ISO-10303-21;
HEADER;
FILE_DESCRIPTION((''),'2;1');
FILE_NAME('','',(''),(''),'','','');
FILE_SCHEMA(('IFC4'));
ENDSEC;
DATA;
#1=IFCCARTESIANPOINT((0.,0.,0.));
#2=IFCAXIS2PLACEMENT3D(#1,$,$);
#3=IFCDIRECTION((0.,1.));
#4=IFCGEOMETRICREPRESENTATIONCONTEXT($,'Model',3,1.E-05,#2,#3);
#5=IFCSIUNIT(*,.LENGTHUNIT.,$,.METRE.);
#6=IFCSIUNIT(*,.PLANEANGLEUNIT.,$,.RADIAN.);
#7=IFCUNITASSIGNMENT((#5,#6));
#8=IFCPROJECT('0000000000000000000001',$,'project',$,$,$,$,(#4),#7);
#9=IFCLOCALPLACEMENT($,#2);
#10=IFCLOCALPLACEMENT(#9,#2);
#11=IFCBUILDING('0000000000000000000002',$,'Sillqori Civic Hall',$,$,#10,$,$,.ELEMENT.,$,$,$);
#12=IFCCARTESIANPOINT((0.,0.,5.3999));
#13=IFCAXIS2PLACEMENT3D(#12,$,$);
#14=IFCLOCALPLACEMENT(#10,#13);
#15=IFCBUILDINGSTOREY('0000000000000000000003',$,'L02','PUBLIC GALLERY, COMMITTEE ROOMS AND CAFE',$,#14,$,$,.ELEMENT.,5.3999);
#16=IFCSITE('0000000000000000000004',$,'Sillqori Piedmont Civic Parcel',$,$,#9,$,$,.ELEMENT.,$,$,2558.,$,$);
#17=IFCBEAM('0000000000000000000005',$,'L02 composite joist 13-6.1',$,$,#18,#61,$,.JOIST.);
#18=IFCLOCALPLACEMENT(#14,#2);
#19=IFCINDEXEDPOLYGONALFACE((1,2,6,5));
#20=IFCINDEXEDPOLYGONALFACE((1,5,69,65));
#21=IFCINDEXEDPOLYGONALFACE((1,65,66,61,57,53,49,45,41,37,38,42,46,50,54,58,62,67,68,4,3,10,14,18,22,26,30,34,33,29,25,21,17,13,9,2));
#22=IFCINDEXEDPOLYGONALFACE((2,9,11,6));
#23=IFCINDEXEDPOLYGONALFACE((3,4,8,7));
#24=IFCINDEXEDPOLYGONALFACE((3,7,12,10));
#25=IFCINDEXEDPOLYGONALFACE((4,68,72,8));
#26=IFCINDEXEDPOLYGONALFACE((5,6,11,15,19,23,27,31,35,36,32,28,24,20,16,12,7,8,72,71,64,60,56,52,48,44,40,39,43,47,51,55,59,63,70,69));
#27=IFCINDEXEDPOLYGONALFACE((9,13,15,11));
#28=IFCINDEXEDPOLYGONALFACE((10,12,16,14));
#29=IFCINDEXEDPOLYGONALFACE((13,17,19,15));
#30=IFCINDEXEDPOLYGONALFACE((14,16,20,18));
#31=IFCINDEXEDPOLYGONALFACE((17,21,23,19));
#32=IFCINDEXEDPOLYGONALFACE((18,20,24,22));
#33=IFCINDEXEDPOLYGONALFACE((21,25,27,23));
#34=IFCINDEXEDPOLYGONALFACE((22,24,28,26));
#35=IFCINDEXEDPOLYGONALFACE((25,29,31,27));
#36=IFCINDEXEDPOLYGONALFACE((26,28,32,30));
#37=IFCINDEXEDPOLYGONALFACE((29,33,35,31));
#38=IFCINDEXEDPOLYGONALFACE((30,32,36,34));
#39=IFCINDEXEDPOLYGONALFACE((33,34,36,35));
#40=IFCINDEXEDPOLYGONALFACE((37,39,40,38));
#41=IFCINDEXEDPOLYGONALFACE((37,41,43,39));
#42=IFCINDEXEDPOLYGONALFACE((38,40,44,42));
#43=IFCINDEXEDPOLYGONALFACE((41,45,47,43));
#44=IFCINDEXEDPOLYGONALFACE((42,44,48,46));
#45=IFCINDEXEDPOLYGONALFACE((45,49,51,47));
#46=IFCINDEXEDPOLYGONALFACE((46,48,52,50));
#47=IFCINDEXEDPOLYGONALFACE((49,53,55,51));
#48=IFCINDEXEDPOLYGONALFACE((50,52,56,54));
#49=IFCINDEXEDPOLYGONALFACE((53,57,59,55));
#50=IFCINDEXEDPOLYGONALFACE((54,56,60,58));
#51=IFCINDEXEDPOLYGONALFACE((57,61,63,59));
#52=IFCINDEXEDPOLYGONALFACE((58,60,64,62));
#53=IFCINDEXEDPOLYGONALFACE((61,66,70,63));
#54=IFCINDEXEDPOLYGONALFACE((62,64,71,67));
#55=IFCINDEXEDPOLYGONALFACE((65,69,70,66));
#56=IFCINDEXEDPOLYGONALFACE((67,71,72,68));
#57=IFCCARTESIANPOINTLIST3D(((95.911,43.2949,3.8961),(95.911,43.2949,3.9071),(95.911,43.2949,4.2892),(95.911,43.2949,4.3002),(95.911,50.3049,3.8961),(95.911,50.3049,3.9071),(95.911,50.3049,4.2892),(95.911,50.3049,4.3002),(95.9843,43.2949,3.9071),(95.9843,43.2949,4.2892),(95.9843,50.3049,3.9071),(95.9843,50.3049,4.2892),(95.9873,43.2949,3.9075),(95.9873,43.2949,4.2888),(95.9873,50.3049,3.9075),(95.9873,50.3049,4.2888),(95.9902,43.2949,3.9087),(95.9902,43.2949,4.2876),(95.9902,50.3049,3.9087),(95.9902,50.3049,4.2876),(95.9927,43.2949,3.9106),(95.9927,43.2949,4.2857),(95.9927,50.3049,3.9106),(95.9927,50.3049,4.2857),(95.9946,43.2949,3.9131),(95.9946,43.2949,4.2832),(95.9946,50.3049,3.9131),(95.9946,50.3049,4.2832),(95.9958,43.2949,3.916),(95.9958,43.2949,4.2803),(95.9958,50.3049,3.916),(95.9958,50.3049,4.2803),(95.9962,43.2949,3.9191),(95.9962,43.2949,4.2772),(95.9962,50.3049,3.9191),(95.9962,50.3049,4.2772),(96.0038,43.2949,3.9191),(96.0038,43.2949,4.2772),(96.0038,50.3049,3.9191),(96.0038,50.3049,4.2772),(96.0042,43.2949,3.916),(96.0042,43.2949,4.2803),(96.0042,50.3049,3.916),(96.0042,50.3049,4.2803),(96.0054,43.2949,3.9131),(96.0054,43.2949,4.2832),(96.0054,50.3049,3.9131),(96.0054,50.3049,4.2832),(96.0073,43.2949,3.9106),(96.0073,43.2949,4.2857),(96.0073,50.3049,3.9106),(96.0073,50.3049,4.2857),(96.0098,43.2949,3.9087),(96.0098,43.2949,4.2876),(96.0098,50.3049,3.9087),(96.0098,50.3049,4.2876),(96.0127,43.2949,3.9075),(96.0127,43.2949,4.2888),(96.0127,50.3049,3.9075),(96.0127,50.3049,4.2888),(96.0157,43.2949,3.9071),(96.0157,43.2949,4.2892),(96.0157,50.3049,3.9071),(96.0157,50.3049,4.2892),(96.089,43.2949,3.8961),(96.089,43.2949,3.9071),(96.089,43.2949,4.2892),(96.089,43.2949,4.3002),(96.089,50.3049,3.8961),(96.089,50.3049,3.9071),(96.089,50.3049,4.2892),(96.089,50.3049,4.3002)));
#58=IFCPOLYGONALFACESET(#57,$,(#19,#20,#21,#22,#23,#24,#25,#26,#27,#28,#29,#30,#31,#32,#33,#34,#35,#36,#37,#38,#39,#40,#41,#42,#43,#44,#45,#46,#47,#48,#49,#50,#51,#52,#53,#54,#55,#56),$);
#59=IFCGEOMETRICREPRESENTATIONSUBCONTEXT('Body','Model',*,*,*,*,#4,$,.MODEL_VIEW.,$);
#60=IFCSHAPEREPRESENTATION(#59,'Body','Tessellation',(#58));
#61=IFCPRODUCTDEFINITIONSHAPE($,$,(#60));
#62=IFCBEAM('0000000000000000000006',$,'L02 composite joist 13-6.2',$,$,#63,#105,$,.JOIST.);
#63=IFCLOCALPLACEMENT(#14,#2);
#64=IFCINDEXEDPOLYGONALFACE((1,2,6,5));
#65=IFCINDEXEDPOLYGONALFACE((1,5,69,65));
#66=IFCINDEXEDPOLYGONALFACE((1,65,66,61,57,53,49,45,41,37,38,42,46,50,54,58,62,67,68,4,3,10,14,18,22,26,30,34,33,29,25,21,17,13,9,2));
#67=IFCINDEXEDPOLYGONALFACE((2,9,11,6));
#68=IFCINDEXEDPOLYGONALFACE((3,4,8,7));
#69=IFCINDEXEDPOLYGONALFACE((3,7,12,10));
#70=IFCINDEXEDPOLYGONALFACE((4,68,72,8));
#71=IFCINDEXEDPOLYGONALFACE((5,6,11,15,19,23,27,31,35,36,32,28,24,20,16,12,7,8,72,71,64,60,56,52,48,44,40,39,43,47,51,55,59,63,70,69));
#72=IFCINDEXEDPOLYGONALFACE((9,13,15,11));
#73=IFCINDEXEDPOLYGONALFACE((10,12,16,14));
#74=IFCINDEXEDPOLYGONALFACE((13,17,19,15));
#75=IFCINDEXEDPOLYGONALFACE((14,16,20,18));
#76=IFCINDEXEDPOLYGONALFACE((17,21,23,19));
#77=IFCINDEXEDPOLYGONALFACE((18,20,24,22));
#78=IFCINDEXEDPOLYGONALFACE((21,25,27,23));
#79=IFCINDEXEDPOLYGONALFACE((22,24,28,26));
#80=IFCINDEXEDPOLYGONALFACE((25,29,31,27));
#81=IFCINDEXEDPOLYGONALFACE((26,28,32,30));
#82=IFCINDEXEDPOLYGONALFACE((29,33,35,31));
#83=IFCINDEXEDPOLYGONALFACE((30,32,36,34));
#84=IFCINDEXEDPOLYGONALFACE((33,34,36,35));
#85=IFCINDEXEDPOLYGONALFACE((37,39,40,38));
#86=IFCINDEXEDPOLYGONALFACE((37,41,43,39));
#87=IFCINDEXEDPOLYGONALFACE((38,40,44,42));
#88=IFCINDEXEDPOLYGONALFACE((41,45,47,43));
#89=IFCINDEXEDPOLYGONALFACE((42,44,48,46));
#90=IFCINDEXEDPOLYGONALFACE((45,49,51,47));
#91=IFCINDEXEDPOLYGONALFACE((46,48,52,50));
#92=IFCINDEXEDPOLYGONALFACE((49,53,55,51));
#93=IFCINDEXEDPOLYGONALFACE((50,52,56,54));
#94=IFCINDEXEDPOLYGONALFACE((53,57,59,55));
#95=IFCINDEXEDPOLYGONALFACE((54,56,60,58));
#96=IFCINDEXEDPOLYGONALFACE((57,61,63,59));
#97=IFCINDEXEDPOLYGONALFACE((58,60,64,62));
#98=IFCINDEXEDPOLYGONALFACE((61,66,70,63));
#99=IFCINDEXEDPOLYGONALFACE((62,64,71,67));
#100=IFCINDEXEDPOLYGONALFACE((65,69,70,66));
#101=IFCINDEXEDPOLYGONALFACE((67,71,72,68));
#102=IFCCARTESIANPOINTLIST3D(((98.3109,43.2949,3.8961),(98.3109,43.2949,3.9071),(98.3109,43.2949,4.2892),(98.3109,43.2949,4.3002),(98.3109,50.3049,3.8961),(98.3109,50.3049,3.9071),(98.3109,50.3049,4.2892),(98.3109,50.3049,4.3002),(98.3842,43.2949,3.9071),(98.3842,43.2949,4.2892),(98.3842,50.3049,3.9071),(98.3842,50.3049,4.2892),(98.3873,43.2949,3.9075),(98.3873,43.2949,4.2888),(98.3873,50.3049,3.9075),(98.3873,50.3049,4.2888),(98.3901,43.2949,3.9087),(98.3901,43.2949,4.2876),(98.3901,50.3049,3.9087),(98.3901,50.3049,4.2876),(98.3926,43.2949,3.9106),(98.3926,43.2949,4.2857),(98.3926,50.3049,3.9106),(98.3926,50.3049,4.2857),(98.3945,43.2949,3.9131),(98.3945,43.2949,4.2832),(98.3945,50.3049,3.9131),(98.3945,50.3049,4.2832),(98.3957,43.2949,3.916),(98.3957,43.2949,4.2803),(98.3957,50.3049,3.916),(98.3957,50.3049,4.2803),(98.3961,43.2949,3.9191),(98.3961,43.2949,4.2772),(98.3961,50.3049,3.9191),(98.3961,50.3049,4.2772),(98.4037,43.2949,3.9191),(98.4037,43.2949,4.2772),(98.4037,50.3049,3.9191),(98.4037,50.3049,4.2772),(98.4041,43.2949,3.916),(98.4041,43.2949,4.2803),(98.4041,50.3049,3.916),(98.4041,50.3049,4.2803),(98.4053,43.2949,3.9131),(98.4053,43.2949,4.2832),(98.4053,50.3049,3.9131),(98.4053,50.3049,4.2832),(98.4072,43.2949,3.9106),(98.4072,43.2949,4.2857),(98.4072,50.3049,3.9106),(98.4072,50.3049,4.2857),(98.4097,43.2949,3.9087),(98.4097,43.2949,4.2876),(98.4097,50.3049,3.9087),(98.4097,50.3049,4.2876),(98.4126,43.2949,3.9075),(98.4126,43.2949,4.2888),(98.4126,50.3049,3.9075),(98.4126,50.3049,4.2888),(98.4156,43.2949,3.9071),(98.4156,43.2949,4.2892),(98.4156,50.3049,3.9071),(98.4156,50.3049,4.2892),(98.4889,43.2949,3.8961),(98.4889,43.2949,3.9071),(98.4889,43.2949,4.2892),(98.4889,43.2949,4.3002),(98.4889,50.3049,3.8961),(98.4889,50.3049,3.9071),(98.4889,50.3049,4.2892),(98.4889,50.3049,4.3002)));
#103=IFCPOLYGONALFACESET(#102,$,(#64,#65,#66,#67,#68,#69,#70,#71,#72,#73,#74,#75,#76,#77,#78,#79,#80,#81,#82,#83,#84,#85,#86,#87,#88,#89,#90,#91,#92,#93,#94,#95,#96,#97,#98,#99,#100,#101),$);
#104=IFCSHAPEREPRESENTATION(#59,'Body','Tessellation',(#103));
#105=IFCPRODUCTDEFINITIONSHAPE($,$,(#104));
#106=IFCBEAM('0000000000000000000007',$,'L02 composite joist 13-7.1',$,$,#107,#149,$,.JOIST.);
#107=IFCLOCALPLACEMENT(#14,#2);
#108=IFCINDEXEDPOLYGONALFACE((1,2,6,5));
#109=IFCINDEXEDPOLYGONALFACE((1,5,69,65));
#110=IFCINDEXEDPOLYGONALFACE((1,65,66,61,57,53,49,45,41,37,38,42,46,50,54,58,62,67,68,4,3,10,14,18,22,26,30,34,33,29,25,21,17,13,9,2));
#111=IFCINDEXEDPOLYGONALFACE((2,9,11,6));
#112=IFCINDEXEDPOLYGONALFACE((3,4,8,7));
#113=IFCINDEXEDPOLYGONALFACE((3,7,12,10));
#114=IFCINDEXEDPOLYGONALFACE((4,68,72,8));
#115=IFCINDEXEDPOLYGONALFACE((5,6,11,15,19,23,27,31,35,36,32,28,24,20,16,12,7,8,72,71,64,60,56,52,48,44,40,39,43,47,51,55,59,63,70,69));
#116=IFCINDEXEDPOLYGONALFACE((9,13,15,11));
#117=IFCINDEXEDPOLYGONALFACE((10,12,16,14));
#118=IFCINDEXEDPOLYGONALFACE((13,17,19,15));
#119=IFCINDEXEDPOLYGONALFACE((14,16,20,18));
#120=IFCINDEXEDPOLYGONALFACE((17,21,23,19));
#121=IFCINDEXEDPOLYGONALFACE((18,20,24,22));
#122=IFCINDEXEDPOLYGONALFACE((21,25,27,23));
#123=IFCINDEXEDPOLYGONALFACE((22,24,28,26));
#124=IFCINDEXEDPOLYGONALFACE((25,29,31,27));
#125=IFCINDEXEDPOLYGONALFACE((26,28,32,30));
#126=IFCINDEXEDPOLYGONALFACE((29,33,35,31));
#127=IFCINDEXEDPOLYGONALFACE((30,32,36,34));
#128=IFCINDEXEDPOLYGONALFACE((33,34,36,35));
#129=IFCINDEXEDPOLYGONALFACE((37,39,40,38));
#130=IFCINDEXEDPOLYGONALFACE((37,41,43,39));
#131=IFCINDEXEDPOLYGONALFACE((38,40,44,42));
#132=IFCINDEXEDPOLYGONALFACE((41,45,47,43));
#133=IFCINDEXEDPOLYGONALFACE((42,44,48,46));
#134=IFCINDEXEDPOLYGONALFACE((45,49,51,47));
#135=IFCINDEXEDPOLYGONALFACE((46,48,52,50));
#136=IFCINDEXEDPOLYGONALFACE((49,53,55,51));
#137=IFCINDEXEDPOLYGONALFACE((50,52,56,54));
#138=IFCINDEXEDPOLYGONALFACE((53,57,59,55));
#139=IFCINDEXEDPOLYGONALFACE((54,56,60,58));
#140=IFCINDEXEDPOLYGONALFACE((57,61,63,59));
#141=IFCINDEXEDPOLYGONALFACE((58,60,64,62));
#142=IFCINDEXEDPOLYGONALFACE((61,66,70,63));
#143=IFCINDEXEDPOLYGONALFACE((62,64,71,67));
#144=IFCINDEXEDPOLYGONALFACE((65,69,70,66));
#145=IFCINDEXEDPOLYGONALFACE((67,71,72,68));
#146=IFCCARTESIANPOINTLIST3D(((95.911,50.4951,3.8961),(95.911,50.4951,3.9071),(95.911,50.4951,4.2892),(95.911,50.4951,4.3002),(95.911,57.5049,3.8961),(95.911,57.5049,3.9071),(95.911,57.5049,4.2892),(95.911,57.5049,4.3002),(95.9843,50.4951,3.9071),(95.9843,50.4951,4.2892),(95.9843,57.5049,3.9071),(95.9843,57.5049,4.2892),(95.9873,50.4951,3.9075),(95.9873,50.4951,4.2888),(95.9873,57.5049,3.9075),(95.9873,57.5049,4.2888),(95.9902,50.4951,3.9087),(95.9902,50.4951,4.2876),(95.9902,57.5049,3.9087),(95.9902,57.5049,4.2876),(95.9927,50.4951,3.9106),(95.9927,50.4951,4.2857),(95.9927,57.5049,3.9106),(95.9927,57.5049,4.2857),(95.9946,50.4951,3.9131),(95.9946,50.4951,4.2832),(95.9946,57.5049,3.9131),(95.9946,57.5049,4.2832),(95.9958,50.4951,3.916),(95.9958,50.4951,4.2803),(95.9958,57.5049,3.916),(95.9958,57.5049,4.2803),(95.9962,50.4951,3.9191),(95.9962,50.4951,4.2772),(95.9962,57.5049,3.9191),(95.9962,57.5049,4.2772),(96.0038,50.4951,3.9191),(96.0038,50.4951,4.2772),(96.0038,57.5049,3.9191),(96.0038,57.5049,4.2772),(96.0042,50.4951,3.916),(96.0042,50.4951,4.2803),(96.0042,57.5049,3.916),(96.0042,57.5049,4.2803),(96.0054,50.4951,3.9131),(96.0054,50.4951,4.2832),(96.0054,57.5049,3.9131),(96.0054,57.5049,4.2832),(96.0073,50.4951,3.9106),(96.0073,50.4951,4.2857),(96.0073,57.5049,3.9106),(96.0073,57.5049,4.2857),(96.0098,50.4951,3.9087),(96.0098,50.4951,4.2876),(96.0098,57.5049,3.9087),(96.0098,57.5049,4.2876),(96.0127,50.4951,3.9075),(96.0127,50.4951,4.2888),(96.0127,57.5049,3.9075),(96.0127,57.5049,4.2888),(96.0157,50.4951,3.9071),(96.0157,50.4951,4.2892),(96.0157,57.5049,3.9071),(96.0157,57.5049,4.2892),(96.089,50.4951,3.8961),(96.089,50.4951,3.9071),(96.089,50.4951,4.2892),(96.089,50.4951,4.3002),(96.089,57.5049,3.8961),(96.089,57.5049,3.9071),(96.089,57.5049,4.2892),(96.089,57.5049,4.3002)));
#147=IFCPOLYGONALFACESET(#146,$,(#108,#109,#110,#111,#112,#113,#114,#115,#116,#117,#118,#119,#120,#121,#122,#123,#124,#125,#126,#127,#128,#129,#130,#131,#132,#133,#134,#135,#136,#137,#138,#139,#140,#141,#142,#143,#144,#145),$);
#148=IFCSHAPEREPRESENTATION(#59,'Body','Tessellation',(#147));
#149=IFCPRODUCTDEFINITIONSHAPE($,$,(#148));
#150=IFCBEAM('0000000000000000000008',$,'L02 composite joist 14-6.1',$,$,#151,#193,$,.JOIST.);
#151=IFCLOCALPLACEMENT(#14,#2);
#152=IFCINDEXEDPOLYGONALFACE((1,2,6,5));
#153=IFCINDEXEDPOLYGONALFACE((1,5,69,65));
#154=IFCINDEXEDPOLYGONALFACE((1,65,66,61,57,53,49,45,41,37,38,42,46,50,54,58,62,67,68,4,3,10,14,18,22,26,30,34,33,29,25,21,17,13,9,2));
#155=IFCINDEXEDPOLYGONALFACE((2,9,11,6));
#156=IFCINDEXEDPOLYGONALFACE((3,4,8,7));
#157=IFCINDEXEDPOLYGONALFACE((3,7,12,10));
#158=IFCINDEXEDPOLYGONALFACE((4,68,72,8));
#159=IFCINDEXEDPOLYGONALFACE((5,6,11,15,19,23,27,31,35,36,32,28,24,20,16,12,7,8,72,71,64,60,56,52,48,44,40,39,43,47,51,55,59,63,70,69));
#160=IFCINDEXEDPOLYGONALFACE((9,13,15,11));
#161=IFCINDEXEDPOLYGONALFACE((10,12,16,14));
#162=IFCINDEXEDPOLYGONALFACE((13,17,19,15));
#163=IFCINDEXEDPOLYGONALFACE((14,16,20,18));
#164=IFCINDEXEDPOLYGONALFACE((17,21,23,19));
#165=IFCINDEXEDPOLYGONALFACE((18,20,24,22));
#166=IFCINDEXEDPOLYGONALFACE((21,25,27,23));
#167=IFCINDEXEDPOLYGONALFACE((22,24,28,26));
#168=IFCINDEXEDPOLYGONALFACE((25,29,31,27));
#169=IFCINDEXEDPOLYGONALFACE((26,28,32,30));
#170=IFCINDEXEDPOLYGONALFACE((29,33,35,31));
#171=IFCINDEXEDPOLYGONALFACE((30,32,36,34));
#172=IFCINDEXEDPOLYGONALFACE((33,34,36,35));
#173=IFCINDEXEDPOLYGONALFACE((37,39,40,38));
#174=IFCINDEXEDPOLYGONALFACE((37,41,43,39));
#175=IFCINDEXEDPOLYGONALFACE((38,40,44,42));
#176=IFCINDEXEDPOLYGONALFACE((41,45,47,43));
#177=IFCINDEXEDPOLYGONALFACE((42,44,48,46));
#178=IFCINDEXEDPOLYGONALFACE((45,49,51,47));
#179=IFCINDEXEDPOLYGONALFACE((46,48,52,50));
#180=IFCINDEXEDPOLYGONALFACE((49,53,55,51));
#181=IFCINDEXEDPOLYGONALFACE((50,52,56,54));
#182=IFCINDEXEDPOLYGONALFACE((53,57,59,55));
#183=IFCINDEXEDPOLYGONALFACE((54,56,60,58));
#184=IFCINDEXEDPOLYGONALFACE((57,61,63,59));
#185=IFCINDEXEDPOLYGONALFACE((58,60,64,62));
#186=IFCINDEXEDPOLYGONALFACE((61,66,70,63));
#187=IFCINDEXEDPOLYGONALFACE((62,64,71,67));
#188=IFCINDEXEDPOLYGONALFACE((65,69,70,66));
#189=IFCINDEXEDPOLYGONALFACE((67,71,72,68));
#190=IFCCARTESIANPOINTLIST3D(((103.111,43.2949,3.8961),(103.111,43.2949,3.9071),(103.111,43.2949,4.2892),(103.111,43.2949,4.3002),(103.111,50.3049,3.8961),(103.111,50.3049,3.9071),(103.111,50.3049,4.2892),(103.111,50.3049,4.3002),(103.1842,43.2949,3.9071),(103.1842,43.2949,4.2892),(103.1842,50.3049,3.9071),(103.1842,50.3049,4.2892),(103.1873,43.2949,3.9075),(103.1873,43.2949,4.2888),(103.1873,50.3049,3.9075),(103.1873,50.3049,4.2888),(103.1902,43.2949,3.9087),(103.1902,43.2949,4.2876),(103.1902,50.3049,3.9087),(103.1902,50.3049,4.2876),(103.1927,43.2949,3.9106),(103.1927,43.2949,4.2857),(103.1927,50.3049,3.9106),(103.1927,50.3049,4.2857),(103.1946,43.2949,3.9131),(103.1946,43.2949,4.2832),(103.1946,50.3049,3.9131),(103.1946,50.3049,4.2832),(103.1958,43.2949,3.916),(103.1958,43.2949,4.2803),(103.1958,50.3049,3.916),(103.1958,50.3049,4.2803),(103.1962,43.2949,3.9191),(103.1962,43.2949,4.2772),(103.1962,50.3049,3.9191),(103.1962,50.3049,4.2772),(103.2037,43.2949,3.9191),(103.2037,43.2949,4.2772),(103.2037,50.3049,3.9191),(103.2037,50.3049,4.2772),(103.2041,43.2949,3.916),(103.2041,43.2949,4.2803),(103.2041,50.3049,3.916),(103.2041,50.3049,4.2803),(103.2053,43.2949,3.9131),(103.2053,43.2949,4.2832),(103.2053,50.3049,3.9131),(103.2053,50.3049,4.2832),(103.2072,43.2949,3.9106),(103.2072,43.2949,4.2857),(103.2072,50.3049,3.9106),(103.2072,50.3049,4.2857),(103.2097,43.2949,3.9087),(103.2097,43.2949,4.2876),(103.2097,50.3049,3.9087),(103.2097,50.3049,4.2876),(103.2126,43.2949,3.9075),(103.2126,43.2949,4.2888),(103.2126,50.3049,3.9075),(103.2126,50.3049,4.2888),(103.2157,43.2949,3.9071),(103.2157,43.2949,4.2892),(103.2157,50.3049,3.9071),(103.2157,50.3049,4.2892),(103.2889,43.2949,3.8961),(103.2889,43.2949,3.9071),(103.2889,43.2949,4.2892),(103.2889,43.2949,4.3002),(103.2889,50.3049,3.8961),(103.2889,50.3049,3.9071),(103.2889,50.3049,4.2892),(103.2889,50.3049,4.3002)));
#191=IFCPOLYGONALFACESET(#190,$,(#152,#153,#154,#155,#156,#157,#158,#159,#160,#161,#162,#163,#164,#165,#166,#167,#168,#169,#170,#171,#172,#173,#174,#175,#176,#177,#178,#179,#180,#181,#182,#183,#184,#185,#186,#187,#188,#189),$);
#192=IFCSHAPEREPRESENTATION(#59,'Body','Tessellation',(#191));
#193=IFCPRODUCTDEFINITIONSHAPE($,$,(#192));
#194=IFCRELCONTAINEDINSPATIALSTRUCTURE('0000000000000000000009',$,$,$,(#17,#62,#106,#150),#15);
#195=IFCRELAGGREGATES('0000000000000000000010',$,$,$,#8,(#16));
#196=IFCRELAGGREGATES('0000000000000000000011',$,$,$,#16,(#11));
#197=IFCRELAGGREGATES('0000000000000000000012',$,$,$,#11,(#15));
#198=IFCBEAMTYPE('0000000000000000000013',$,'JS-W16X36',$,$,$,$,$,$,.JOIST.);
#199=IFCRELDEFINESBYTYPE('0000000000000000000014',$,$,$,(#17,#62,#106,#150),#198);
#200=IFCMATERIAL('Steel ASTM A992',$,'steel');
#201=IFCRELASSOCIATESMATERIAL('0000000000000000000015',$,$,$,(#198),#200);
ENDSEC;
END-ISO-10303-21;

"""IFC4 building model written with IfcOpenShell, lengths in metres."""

from ifc_helpers import new_model, si_unit, direction, frame, origin, origin_2d, place, context, subcontext, project, spatial, i_section, extrude, material, material_profile, profile_set, type_object, element, save


model = new_model("IFC4")

# Units and contexts
model_context = context("Model", 3, precision=1e-05, world=origin(), true_north=direction((0.0, 1.0)))
body_context = subcontext(model_context, "Body", "Model", "MODEL_VIEW")
ifc_project = project(units=[si_unit("LENGTHUNIT", "METRE"), si_unit("PLANEANGLEUNIT", "RADIAN")], contexts=[model_context])

# Site, building, storey
site_placement = place(None, origin())
site = spatial("IfcSite", under=ifc_project, at=site_placement, Name="Sillqori Piedmont Civic Parcel", CompositionType="ELEMENT", RefElevation=2558.0)
building_placement = place(site_placement, origin())
building = spatial("IfcBuilding", under=site, at=building_placement, Name="Sillqori Civic Hall", CompositionType="ELEMENT")
storey_placement = place(building_placement, frame((0.0, 0.0, 5.3999)))
storey = spatial("IfcBuildingStorey", under=building, at=storey_placement, Name="L02", Description="PUBLIC GALLERY, COMMITTEE ROOMS AND CAFE", CompositionType="ELEMENT", Elevation=5.3999)

# Shared definitions
ifc_material_1 = material(Name="Steel ASTM A992", Category="steel")

# Beams
ifc_material_profile_1 = material_profile(ifc_material_1, i_section(OverallWidth=0.178, OverallDepth=0.4041, WebThickness=0.0076, FlangeThickness=0.011, FilletRadius=0.012, at=origin_2d()), Name="W16X36")
ifc_profile_set_1 = profile_set([ifc_material_profile_1], Name="Steel ASTM A992")
beam_type_1 = type_object("IfcBeamType", Name="JS-W16X36", PredefinedType="JOIST", material=ifc_profile_set_1)
for number, where, z_axis, x_axis, name in (
    (1, (96.0, 43.2949, 4.0981), (0.0, 1.0, 0.0), (-1.0, 0.0, 0.0), "L02 composite joist 13-6.1"),
    (2, (98.3999, 43.2949, 4.0981), (0.0, 1.0, 0.0), (-1.0, 0.0, 0.0), "L02 composite joist 13-6.2"),
):
    element("IfcBeam", number, at=place(storey_placement, frame(where, z_axis=z_axis, x_axis=x_axis)), inside=storey, type_object=beam_type_1, Name=name, PredefinedType="JOIST", context=body_context, shape_type="SweptSolid", body=[
        extrude(i_section(OverallWidth=0.178, OverallDepth=0.4041, WebThickness=0.0076, FlangeThickness=0.011, FilletRadius=0.012, at=origin_2d()), origin(), (0.0, 0.0, 1.0), 7.01),
    ])
beam_1_placement = place(storey_placement, frame((96.0, 50.4951, 4.0981), z_axis=(0.0, 1.0, 0.0), x_axis=(-1.0, 0.0, 0.0)))
element("IfcBeam", 3, at=beam_1_placement, inside=storey, type_object=beam_type_1, Name="L02 composite joist 13-7.1", PredefinedType="JOIST", context=body_context, shape_type="SweptSolid", body=[
    extrude(i_section(OverallWidth=0.178, OverallDepth=0.4041, WebThickness=0.0076, FlangeThickness=0.011, FilletRadius=0.012, at=origin_2d()), origin(), (0.0, 0.0, 1.0), 7.0098),
])
for number, where, z_axis, x_axis, name in (
    (4, (103.2, 43.2949, 4.0981), (0.0, 1.0, 0.0), (-1.0, 0.0, 0.0), "L02 composite joist 14-6.1"),
):
    element("IfcBeam", number, at=place(storey_placement, frame(where, z_axis=z_axis, x_axis=x_axis)), inside=storey, type_object=beam_type_1, Name=name, PredefinedType="JOIST", context=body_context, shape_type="SweptSolid", body=[
        extrude(i_section(OverallWidth=0.178, OverallDepth=0.4041, WebThickness=0.0076, FlangeThickness=0.011, FilletRadius=0.012, at=origin_2d()), origin(), (0.0, 0.0, 1.0), 7.01),
    ])

save(model, "model.ifc")
